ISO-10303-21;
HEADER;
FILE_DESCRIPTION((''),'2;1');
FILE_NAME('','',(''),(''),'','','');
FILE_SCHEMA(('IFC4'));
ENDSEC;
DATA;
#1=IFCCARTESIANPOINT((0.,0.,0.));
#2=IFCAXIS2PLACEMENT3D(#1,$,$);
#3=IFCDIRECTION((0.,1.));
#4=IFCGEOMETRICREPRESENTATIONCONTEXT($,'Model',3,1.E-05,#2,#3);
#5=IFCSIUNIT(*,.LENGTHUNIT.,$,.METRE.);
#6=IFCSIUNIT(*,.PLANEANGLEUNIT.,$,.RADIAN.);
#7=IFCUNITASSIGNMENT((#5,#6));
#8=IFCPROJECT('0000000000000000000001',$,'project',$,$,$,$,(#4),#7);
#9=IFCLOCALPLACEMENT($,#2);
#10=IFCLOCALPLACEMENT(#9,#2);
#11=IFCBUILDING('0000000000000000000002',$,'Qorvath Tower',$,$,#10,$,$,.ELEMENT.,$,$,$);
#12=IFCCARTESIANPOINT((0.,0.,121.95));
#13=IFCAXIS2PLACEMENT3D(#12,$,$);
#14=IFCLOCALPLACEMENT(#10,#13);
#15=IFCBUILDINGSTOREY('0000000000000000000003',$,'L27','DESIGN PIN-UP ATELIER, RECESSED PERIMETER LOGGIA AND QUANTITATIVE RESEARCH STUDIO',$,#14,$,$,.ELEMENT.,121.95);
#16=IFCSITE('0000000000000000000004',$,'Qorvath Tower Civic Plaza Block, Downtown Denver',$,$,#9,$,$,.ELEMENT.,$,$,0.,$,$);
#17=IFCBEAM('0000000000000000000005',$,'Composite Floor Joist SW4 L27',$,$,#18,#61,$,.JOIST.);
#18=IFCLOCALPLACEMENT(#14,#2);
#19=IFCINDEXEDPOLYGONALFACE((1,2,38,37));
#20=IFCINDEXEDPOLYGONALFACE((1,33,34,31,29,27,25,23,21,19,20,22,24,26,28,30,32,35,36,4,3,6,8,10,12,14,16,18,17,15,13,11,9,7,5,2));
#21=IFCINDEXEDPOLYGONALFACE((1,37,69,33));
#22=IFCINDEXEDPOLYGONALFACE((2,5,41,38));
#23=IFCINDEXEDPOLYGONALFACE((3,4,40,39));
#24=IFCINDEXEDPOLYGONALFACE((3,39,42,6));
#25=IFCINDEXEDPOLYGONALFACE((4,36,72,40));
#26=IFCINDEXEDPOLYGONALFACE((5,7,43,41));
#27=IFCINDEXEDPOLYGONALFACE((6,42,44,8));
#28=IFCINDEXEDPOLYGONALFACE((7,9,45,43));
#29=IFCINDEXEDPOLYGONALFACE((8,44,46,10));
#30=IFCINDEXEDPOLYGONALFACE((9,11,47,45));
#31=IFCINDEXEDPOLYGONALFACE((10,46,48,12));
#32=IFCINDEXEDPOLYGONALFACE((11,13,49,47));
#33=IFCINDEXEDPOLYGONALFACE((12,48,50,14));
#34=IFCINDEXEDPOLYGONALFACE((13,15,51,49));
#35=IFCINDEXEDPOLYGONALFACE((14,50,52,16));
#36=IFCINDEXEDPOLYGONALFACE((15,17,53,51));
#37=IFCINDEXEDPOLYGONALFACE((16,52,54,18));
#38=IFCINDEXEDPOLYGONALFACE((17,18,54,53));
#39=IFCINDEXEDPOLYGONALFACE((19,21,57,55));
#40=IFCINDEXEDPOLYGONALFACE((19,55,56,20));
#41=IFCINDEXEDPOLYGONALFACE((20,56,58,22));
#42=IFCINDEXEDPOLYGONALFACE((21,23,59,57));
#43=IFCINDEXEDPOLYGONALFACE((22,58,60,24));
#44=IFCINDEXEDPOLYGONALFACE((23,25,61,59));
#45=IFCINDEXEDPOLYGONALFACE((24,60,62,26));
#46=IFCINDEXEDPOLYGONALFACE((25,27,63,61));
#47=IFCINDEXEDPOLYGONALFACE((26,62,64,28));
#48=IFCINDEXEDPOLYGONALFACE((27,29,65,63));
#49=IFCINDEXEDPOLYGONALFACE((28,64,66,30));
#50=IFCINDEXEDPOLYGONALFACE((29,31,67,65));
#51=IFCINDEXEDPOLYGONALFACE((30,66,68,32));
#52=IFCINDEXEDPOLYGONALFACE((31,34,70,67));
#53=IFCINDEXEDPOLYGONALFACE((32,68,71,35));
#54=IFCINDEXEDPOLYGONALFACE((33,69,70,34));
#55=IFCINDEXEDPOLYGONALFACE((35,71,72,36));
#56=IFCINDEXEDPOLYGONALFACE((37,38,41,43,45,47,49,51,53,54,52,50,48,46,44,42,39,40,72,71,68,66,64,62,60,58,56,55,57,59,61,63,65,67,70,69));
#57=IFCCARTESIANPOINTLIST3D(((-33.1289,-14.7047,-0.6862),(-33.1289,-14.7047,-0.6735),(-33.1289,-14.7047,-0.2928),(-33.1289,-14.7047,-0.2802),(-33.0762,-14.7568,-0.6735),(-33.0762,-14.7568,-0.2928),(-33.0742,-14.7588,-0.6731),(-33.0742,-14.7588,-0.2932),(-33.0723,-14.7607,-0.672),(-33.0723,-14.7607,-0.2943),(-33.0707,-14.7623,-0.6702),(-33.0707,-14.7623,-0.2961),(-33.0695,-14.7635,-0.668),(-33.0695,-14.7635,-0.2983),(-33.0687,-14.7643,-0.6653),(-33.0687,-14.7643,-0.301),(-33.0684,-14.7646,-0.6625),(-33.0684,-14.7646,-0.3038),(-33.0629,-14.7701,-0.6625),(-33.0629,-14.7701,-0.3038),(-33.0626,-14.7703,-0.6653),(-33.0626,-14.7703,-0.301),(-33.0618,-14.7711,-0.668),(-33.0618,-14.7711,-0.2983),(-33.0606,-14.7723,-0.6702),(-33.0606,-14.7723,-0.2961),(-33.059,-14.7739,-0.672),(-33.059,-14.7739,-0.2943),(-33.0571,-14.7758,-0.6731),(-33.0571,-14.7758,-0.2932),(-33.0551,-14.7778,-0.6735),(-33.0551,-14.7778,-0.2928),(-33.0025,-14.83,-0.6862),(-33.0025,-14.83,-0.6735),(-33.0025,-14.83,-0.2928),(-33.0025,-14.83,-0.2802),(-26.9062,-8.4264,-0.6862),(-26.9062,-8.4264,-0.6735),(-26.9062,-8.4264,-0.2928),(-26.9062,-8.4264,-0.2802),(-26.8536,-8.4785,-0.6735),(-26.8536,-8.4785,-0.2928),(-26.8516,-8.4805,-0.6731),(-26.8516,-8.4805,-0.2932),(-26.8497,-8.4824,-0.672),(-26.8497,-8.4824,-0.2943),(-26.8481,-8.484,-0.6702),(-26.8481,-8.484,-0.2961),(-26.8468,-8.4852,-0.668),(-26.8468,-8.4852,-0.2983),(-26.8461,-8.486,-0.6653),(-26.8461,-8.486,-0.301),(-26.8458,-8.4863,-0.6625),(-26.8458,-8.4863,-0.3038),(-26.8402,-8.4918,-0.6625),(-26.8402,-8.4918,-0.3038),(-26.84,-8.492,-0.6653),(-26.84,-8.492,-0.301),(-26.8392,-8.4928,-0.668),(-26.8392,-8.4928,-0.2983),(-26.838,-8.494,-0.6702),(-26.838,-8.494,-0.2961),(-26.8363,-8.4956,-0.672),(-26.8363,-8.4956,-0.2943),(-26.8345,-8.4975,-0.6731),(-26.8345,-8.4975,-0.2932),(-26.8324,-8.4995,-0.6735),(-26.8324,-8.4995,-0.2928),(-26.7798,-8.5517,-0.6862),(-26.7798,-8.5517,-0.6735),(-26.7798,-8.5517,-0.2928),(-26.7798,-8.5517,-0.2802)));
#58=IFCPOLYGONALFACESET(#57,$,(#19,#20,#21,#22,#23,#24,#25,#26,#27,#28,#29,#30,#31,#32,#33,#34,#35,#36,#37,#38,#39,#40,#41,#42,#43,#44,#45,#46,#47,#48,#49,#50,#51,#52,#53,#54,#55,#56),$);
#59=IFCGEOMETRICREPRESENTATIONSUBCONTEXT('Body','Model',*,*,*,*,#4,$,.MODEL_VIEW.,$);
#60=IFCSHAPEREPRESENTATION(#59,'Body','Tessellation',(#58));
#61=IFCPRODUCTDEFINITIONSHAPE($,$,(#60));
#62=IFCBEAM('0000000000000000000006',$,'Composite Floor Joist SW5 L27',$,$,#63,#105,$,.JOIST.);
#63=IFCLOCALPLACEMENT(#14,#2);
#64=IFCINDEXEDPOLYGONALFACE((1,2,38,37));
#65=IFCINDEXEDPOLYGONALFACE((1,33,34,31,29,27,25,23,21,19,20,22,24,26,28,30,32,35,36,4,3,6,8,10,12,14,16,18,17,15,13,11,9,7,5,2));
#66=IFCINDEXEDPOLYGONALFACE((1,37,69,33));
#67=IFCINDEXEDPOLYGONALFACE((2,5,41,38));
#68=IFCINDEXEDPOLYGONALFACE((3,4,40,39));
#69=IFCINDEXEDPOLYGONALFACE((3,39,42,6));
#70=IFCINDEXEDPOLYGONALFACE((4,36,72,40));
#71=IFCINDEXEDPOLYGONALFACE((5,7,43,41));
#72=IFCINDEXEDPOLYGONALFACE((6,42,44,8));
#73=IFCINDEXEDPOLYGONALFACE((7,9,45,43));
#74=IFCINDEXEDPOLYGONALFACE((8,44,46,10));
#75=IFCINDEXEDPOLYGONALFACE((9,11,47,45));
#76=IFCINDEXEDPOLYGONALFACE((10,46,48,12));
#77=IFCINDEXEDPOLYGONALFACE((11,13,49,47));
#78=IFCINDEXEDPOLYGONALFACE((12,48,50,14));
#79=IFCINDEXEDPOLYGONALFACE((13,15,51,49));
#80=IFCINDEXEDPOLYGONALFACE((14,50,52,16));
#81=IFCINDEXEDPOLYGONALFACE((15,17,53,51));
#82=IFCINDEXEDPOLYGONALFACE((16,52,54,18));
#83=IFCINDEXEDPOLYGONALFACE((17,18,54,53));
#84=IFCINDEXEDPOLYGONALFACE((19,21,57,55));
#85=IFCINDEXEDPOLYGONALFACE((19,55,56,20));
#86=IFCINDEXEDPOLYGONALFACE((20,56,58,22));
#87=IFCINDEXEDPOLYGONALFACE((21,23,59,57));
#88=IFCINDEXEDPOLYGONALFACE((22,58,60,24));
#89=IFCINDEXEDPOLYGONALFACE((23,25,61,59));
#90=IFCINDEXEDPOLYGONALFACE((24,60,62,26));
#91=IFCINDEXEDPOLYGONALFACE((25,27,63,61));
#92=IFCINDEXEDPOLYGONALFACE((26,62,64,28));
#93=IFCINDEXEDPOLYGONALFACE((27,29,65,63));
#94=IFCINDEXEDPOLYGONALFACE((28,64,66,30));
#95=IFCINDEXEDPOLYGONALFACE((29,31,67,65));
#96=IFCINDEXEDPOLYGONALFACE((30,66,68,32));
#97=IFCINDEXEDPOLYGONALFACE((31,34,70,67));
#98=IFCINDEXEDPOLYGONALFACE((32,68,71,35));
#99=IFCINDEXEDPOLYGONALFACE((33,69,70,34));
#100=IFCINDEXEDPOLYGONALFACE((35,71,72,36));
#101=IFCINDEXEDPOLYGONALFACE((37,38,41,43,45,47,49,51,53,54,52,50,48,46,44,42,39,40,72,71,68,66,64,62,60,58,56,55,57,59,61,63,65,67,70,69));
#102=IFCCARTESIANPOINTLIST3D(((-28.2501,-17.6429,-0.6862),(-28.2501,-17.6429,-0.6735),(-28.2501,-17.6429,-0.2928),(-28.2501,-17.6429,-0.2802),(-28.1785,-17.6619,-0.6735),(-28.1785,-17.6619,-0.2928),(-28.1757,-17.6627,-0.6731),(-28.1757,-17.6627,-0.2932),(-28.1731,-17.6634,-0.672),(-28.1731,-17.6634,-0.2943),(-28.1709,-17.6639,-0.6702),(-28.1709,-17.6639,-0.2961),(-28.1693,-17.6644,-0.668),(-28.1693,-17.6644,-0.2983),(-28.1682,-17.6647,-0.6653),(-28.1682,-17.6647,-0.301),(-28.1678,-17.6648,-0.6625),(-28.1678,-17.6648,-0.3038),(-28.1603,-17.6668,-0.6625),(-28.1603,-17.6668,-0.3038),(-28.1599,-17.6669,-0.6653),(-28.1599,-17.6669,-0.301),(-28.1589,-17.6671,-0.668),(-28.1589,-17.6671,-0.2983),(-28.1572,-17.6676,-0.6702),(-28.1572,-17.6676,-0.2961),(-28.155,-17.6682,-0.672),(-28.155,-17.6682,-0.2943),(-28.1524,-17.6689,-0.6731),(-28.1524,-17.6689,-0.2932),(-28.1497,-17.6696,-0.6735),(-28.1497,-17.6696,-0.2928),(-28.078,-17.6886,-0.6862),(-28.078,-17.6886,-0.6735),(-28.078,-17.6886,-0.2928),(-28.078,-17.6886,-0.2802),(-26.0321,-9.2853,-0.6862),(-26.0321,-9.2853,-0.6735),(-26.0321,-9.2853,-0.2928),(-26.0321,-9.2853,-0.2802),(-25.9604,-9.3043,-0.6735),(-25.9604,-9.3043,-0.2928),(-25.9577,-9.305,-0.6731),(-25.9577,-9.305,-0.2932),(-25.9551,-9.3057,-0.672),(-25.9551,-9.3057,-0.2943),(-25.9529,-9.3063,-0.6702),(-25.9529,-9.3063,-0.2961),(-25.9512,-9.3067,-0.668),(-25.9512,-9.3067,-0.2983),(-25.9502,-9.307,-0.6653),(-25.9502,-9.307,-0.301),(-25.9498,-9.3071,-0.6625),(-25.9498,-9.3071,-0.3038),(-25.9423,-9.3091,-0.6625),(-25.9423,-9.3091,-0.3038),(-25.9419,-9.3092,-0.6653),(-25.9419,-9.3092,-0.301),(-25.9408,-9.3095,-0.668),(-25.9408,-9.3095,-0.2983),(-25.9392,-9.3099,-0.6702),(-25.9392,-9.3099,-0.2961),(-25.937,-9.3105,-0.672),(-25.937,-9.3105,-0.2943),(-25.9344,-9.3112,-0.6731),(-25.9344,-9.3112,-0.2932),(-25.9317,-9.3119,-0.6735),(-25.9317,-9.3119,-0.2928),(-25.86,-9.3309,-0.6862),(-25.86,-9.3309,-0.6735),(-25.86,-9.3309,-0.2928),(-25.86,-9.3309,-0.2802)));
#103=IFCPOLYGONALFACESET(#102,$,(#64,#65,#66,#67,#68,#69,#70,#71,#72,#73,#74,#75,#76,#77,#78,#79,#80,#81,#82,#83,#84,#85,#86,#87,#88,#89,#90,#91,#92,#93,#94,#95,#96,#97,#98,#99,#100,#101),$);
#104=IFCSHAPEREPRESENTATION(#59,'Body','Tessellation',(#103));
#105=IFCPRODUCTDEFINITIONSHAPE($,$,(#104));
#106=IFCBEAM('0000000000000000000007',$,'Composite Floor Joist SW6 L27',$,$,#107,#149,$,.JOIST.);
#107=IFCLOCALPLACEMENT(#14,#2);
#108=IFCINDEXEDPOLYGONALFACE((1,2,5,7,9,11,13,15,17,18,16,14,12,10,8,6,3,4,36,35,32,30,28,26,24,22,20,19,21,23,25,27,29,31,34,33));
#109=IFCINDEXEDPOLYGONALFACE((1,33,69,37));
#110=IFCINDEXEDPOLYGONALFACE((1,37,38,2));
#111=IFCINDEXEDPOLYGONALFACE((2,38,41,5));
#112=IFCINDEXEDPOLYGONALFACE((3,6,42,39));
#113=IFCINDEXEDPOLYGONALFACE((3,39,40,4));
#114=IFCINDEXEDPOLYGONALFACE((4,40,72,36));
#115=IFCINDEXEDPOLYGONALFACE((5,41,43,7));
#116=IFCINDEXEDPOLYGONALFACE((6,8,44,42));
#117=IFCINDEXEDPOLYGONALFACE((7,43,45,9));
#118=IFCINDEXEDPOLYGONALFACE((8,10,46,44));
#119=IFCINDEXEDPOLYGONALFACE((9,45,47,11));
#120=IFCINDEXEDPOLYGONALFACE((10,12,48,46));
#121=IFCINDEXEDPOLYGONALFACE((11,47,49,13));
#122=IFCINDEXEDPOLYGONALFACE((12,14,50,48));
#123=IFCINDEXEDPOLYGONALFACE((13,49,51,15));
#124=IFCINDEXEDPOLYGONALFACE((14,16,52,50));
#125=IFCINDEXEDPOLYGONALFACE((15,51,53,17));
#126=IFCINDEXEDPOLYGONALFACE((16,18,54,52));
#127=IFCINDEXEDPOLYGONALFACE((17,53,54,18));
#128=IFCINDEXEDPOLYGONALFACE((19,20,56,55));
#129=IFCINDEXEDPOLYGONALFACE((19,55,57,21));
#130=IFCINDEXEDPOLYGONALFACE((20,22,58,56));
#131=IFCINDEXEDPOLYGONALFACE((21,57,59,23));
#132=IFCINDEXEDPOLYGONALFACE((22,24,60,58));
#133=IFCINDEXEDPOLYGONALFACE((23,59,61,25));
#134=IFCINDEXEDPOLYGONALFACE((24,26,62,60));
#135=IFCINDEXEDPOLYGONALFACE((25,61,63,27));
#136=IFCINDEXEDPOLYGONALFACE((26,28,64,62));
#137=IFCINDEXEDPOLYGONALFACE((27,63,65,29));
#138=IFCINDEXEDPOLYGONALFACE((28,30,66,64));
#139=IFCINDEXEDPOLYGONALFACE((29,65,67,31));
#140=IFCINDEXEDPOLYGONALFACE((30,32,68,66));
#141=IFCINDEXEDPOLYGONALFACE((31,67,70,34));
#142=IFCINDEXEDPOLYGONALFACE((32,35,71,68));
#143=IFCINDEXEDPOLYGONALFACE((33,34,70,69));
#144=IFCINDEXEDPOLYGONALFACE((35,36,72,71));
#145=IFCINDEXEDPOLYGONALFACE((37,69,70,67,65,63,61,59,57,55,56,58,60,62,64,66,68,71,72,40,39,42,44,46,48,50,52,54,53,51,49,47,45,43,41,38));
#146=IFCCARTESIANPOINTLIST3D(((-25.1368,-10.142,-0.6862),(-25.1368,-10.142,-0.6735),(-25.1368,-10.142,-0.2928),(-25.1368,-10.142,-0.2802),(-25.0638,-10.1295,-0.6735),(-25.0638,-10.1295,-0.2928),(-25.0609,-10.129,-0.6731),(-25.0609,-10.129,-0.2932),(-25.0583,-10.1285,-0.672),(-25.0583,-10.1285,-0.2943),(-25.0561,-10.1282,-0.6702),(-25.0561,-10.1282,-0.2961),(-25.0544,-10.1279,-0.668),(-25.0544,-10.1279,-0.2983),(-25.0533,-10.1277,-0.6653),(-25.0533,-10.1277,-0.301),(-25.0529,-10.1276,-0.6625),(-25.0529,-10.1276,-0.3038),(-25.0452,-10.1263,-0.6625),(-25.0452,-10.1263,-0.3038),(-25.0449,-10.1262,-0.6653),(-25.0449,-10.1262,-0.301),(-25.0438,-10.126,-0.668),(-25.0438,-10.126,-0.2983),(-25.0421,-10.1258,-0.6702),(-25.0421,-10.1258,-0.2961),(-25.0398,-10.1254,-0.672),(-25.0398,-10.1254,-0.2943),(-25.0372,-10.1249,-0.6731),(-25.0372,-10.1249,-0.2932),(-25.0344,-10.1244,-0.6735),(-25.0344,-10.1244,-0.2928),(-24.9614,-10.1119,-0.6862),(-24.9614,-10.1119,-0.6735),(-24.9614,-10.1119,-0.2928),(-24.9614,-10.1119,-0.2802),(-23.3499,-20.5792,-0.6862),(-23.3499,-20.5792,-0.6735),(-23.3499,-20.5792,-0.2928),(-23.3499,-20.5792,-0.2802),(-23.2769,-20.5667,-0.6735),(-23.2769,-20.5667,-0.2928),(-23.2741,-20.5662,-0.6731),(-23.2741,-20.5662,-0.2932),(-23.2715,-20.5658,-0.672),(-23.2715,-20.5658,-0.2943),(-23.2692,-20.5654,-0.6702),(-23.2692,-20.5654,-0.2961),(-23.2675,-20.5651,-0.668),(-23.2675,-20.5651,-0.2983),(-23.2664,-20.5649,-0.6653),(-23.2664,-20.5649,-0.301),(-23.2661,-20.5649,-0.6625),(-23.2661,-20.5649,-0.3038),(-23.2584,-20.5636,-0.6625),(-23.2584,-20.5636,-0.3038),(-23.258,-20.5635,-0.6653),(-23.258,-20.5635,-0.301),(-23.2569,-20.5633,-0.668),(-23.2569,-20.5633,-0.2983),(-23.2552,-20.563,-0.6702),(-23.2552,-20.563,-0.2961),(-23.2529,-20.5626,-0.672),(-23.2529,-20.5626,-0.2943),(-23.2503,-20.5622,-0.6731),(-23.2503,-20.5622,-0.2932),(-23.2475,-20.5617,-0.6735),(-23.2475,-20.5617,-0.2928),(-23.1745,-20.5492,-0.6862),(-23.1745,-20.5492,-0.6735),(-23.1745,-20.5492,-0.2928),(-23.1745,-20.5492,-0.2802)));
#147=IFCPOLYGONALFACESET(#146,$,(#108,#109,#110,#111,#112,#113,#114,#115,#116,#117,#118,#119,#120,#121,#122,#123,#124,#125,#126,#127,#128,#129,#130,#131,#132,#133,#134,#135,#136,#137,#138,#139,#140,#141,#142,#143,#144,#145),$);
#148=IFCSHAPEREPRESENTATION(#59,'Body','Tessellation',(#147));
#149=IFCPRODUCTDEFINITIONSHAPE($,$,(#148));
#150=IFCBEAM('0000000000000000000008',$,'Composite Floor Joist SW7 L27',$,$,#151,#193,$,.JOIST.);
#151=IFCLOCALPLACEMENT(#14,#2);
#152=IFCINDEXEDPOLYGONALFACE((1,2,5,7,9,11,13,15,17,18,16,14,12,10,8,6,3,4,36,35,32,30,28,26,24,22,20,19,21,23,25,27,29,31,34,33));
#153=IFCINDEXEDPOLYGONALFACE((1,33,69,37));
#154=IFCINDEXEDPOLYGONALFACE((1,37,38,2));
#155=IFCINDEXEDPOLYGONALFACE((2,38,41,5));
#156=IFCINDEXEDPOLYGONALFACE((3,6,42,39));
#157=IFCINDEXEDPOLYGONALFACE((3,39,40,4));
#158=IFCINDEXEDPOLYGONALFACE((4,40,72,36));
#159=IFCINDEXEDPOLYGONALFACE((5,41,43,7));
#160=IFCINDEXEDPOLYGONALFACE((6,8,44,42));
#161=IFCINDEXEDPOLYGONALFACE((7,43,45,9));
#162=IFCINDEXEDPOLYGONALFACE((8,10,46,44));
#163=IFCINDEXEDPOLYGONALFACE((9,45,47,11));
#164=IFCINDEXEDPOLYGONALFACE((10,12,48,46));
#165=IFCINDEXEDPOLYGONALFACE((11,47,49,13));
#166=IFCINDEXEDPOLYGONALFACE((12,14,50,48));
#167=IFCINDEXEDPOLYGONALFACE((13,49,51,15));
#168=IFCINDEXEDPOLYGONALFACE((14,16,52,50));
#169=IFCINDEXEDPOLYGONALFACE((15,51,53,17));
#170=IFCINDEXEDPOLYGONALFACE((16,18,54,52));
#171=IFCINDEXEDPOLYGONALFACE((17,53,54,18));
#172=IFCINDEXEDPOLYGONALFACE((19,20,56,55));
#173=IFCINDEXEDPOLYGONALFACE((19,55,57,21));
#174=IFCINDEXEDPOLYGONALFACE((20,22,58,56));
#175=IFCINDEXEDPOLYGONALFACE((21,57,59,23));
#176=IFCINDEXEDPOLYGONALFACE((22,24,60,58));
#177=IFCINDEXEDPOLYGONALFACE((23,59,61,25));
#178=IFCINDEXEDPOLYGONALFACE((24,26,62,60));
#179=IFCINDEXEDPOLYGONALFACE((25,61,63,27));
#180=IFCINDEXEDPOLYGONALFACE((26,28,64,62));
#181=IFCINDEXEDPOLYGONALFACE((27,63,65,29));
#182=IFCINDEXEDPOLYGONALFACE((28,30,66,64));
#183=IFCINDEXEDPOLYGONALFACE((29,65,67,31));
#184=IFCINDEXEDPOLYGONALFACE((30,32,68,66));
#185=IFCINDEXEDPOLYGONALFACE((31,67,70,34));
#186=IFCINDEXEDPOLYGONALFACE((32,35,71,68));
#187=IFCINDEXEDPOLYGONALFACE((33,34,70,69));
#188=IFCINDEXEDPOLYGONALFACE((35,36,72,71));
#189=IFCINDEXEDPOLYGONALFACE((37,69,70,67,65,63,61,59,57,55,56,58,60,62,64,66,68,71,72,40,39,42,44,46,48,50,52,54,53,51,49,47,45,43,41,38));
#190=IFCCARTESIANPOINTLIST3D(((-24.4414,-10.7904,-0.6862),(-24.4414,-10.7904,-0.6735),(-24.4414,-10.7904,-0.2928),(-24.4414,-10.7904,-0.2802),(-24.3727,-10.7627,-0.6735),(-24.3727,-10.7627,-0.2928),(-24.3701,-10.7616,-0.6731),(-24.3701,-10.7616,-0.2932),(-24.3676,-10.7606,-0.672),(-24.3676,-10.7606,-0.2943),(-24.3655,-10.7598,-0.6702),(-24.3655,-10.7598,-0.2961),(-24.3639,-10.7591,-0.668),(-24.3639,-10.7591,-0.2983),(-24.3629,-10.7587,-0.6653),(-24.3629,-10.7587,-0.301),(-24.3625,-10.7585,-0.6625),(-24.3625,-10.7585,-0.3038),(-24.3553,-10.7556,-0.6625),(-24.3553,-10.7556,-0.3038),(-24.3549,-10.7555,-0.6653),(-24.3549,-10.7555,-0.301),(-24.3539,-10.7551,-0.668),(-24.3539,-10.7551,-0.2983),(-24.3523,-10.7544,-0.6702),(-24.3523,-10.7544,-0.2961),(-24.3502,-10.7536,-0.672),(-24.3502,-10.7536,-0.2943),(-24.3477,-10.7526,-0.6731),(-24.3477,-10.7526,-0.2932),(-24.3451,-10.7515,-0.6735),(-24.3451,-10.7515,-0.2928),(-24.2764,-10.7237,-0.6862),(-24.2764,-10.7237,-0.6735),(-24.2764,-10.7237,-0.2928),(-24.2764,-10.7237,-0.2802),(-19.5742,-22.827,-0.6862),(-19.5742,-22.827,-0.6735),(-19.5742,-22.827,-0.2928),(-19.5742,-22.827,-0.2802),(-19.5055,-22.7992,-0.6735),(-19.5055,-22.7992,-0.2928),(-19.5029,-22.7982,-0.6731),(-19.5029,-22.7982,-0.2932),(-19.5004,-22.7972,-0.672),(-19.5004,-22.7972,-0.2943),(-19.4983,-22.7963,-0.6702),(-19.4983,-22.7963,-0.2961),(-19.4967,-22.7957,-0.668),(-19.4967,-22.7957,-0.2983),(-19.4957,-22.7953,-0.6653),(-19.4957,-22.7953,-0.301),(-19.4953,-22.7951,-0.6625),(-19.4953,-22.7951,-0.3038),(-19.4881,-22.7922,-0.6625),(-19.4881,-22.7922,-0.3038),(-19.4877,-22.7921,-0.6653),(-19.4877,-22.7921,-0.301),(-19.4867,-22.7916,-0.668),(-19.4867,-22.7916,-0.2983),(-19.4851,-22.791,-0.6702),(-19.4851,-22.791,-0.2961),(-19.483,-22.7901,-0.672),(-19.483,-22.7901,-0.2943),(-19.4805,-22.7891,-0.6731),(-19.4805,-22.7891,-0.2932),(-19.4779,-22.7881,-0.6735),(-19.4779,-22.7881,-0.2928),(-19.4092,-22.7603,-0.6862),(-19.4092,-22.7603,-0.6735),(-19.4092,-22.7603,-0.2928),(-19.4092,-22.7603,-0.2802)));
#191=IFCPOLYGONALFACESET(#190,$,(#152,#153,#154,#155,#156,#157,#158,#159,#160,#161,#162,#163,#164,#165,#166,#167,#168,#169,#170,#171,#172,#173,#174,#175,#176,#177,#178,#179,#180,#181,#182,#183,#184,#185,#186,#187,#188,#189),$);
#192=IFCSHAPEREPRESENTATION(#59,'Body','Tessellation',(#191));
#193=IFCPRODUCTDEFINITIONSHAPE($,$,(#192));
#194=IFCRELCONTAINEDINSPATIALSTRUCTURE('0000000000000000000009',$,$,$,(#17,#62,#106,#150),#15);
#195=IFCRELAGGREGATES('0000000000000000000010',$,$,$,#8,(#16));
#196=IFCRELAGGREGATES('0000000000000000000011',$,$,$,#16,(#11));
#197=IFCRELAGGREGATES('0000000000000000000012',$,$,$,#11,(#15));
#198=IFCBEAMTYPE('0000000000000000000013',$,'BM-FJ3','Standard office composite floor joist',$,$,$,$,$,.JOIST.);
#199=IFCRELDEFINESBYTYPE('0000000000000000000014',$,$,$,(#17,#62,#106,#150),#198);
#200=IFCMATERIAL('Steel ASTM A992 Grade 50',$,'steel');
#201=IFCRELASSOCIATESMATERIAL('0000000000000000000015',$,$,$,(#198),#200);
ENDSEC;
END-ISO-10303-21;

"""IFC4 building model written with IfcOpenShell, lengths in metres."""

from ifc_helpers import new_model, si_unit, direction, frame, origin, origin_2d, place, context, subcontext, project, spatial, i_section, extrude, material, material_profile, profile_set, type_object, element, save


model = new_model("IFC4")

# Units and contexts
model_context = context("Model", 3, precision=1e-05, world=origin(), true_north=direction((0.0, 1.0)))
body_context = subcontext(model_context, "Body", "Model", "MODEL_VIEW")
ifc_project = project(units=[si_unit("LENGTHUNIT", "METRE"), si_unit("PLANEANGLEUNIT", "RADIAN")], contexts=[model_context])

# Site, building, storey
site_placement = place(None, origin())
site = spatial("IfcSite", under=ifc_project, at=site_placement, Name="Qorvath Tower Civic Plaza Block, Downtown Denver", CompositionType="ELEMENT", RefElevation=0.0)
building_placement = place(site_placement, origin())
building = spatial("IfcBuilding", under=site, at=building_placement, Name="Qorvath Tower", CompositionType="ELEMENT")
storey_placement = place(building_placement, frame((0.0, 0.0, 121.95)))
storey = spatial("IfcBuildingStorey", under=building, at=storey_placement, Name="L27", Description="DESIGN PIN-UP ATELIER, RECESSED PERIMETER LOGGIA AND QUANTITATIVE RESEARCH STUDIO", CompositionType="ELEMENT", Elevation=121.95)

# Beams
ifc_material_1 = material(Name="Steel ASTM A992 Grade 50", Category="steel")
ifc_material_profile_1 = material_profile(ifc_material_1, i_section(OverallWidth=0.178, OverallDepth=0.406, WebThickness=0.0078, FlangeThickness=0.0127, FilletRadius=0.011, at=origin_2d()), Name="W16x40")
ifc_profile_set_1 = profile_set([ifc_material_profile_1], Name="Steel ASTM A992 Grade 50")
beam_type_1 = type_object("IfcBeamType", Name="BM-FJ3", Description="Standard office composite floor joist", PredefinedType="JOIST", material=ifc_profile_set_1)
beam_1_placement = place(storey_placement, frame((-26.843, -8.489, -0.4832), z_axis=(-0.703951, -0.710248, 0.0), x_axis=(0.710248, -0.703951, 0.0)))
element("IfcBeam", 1, at=beam_1_placement, inside=storey, type_object=beam_type_1, Name="Composite Floor Joist SW4 L27", PredefinedType="JOIST", context=body_context, shape_type="SweptSolid", body=[
    extrude(i_section(OverallWidth=0.178, OverallDepth=0.406, WebThickness=0.0078, FlangeThickness=0.0127, FilletRadius=0.011, at=origin_2d()), origin(), (0.0, 0.0, 1.0), 8.8396),
])
beam_2_placement = place(storey_placement, frame((-25.946, -9.3081, -0.4832), z_axis=(-0.256508, -0.966542, 0.0), x_axis=(0.966542, -0.256508, 0.0)))
element("IfcBeam", 2, at=beam_2_placement, inside=storey, type_object=beam_type_1, Name="Composite Floor Joist SW5 L27", PredefinedType="JOIST", context=body_context, shape_type="SweptSolid", body=[
    extrude(i_section(OverallWidth=0.178, OverallDepth=0.406, WebThickness=0.0078, FlangeThickness=0.0127, FilletRadius=0.011, at=origin_2d()), origin(), (0.0, 0.0, 1.0), 8.647),
])
beam_3_placement = place(storey_placement, frame((-25.0491, -10.127, -0.4832), z_axis=(0.168746, -0.98566, 0.0), x_axis=(0.98566, 0.168746, 0.0)))
element("IfcBeam", 3, at=beam_3_placement, inside=storey, type_object=beam_type_1, Name="Composite Floor Joist SW6 L27", PredefinedType="JOIST", context=body_context, shape_type="SweptSolid", body=[
    extrude(i_section(OverallWidth=0.178, OverallDepth=0.406, WebThickness=0.0078, FlangeThickness=0.0127, FilletRadius=0.011, at=origin_2d()), origin(), (0.0, 0.0, 1.0), 10.5891),
])
beam_4_placement = place(storey_placement, frame((-24.3589, -10.7571, -0.4832), z_axis=(0.374877, -0.927075, 0.0), x_axis=(0.927075, 0.374877, 0.0)))
element("IfcBeam", 4, at=beam_4_placement, inside=storey, type_object=beam_type_1, Name="Composite Floor Joist SW7 L27", PredefinedType="JOIST", context=body_context, shape_type="SweptSolid", body=[
    extrude(i_section(OverallWidth=0.178, OverallDepth=0.406, WebThickness=0.0078, FlangeThickness=0.0127, FilletRadius=0.011, at=origin_2d()), origin(), (0.0, 0.0, 1.0), 12.9834),
])

save(model, "model.ifc")
